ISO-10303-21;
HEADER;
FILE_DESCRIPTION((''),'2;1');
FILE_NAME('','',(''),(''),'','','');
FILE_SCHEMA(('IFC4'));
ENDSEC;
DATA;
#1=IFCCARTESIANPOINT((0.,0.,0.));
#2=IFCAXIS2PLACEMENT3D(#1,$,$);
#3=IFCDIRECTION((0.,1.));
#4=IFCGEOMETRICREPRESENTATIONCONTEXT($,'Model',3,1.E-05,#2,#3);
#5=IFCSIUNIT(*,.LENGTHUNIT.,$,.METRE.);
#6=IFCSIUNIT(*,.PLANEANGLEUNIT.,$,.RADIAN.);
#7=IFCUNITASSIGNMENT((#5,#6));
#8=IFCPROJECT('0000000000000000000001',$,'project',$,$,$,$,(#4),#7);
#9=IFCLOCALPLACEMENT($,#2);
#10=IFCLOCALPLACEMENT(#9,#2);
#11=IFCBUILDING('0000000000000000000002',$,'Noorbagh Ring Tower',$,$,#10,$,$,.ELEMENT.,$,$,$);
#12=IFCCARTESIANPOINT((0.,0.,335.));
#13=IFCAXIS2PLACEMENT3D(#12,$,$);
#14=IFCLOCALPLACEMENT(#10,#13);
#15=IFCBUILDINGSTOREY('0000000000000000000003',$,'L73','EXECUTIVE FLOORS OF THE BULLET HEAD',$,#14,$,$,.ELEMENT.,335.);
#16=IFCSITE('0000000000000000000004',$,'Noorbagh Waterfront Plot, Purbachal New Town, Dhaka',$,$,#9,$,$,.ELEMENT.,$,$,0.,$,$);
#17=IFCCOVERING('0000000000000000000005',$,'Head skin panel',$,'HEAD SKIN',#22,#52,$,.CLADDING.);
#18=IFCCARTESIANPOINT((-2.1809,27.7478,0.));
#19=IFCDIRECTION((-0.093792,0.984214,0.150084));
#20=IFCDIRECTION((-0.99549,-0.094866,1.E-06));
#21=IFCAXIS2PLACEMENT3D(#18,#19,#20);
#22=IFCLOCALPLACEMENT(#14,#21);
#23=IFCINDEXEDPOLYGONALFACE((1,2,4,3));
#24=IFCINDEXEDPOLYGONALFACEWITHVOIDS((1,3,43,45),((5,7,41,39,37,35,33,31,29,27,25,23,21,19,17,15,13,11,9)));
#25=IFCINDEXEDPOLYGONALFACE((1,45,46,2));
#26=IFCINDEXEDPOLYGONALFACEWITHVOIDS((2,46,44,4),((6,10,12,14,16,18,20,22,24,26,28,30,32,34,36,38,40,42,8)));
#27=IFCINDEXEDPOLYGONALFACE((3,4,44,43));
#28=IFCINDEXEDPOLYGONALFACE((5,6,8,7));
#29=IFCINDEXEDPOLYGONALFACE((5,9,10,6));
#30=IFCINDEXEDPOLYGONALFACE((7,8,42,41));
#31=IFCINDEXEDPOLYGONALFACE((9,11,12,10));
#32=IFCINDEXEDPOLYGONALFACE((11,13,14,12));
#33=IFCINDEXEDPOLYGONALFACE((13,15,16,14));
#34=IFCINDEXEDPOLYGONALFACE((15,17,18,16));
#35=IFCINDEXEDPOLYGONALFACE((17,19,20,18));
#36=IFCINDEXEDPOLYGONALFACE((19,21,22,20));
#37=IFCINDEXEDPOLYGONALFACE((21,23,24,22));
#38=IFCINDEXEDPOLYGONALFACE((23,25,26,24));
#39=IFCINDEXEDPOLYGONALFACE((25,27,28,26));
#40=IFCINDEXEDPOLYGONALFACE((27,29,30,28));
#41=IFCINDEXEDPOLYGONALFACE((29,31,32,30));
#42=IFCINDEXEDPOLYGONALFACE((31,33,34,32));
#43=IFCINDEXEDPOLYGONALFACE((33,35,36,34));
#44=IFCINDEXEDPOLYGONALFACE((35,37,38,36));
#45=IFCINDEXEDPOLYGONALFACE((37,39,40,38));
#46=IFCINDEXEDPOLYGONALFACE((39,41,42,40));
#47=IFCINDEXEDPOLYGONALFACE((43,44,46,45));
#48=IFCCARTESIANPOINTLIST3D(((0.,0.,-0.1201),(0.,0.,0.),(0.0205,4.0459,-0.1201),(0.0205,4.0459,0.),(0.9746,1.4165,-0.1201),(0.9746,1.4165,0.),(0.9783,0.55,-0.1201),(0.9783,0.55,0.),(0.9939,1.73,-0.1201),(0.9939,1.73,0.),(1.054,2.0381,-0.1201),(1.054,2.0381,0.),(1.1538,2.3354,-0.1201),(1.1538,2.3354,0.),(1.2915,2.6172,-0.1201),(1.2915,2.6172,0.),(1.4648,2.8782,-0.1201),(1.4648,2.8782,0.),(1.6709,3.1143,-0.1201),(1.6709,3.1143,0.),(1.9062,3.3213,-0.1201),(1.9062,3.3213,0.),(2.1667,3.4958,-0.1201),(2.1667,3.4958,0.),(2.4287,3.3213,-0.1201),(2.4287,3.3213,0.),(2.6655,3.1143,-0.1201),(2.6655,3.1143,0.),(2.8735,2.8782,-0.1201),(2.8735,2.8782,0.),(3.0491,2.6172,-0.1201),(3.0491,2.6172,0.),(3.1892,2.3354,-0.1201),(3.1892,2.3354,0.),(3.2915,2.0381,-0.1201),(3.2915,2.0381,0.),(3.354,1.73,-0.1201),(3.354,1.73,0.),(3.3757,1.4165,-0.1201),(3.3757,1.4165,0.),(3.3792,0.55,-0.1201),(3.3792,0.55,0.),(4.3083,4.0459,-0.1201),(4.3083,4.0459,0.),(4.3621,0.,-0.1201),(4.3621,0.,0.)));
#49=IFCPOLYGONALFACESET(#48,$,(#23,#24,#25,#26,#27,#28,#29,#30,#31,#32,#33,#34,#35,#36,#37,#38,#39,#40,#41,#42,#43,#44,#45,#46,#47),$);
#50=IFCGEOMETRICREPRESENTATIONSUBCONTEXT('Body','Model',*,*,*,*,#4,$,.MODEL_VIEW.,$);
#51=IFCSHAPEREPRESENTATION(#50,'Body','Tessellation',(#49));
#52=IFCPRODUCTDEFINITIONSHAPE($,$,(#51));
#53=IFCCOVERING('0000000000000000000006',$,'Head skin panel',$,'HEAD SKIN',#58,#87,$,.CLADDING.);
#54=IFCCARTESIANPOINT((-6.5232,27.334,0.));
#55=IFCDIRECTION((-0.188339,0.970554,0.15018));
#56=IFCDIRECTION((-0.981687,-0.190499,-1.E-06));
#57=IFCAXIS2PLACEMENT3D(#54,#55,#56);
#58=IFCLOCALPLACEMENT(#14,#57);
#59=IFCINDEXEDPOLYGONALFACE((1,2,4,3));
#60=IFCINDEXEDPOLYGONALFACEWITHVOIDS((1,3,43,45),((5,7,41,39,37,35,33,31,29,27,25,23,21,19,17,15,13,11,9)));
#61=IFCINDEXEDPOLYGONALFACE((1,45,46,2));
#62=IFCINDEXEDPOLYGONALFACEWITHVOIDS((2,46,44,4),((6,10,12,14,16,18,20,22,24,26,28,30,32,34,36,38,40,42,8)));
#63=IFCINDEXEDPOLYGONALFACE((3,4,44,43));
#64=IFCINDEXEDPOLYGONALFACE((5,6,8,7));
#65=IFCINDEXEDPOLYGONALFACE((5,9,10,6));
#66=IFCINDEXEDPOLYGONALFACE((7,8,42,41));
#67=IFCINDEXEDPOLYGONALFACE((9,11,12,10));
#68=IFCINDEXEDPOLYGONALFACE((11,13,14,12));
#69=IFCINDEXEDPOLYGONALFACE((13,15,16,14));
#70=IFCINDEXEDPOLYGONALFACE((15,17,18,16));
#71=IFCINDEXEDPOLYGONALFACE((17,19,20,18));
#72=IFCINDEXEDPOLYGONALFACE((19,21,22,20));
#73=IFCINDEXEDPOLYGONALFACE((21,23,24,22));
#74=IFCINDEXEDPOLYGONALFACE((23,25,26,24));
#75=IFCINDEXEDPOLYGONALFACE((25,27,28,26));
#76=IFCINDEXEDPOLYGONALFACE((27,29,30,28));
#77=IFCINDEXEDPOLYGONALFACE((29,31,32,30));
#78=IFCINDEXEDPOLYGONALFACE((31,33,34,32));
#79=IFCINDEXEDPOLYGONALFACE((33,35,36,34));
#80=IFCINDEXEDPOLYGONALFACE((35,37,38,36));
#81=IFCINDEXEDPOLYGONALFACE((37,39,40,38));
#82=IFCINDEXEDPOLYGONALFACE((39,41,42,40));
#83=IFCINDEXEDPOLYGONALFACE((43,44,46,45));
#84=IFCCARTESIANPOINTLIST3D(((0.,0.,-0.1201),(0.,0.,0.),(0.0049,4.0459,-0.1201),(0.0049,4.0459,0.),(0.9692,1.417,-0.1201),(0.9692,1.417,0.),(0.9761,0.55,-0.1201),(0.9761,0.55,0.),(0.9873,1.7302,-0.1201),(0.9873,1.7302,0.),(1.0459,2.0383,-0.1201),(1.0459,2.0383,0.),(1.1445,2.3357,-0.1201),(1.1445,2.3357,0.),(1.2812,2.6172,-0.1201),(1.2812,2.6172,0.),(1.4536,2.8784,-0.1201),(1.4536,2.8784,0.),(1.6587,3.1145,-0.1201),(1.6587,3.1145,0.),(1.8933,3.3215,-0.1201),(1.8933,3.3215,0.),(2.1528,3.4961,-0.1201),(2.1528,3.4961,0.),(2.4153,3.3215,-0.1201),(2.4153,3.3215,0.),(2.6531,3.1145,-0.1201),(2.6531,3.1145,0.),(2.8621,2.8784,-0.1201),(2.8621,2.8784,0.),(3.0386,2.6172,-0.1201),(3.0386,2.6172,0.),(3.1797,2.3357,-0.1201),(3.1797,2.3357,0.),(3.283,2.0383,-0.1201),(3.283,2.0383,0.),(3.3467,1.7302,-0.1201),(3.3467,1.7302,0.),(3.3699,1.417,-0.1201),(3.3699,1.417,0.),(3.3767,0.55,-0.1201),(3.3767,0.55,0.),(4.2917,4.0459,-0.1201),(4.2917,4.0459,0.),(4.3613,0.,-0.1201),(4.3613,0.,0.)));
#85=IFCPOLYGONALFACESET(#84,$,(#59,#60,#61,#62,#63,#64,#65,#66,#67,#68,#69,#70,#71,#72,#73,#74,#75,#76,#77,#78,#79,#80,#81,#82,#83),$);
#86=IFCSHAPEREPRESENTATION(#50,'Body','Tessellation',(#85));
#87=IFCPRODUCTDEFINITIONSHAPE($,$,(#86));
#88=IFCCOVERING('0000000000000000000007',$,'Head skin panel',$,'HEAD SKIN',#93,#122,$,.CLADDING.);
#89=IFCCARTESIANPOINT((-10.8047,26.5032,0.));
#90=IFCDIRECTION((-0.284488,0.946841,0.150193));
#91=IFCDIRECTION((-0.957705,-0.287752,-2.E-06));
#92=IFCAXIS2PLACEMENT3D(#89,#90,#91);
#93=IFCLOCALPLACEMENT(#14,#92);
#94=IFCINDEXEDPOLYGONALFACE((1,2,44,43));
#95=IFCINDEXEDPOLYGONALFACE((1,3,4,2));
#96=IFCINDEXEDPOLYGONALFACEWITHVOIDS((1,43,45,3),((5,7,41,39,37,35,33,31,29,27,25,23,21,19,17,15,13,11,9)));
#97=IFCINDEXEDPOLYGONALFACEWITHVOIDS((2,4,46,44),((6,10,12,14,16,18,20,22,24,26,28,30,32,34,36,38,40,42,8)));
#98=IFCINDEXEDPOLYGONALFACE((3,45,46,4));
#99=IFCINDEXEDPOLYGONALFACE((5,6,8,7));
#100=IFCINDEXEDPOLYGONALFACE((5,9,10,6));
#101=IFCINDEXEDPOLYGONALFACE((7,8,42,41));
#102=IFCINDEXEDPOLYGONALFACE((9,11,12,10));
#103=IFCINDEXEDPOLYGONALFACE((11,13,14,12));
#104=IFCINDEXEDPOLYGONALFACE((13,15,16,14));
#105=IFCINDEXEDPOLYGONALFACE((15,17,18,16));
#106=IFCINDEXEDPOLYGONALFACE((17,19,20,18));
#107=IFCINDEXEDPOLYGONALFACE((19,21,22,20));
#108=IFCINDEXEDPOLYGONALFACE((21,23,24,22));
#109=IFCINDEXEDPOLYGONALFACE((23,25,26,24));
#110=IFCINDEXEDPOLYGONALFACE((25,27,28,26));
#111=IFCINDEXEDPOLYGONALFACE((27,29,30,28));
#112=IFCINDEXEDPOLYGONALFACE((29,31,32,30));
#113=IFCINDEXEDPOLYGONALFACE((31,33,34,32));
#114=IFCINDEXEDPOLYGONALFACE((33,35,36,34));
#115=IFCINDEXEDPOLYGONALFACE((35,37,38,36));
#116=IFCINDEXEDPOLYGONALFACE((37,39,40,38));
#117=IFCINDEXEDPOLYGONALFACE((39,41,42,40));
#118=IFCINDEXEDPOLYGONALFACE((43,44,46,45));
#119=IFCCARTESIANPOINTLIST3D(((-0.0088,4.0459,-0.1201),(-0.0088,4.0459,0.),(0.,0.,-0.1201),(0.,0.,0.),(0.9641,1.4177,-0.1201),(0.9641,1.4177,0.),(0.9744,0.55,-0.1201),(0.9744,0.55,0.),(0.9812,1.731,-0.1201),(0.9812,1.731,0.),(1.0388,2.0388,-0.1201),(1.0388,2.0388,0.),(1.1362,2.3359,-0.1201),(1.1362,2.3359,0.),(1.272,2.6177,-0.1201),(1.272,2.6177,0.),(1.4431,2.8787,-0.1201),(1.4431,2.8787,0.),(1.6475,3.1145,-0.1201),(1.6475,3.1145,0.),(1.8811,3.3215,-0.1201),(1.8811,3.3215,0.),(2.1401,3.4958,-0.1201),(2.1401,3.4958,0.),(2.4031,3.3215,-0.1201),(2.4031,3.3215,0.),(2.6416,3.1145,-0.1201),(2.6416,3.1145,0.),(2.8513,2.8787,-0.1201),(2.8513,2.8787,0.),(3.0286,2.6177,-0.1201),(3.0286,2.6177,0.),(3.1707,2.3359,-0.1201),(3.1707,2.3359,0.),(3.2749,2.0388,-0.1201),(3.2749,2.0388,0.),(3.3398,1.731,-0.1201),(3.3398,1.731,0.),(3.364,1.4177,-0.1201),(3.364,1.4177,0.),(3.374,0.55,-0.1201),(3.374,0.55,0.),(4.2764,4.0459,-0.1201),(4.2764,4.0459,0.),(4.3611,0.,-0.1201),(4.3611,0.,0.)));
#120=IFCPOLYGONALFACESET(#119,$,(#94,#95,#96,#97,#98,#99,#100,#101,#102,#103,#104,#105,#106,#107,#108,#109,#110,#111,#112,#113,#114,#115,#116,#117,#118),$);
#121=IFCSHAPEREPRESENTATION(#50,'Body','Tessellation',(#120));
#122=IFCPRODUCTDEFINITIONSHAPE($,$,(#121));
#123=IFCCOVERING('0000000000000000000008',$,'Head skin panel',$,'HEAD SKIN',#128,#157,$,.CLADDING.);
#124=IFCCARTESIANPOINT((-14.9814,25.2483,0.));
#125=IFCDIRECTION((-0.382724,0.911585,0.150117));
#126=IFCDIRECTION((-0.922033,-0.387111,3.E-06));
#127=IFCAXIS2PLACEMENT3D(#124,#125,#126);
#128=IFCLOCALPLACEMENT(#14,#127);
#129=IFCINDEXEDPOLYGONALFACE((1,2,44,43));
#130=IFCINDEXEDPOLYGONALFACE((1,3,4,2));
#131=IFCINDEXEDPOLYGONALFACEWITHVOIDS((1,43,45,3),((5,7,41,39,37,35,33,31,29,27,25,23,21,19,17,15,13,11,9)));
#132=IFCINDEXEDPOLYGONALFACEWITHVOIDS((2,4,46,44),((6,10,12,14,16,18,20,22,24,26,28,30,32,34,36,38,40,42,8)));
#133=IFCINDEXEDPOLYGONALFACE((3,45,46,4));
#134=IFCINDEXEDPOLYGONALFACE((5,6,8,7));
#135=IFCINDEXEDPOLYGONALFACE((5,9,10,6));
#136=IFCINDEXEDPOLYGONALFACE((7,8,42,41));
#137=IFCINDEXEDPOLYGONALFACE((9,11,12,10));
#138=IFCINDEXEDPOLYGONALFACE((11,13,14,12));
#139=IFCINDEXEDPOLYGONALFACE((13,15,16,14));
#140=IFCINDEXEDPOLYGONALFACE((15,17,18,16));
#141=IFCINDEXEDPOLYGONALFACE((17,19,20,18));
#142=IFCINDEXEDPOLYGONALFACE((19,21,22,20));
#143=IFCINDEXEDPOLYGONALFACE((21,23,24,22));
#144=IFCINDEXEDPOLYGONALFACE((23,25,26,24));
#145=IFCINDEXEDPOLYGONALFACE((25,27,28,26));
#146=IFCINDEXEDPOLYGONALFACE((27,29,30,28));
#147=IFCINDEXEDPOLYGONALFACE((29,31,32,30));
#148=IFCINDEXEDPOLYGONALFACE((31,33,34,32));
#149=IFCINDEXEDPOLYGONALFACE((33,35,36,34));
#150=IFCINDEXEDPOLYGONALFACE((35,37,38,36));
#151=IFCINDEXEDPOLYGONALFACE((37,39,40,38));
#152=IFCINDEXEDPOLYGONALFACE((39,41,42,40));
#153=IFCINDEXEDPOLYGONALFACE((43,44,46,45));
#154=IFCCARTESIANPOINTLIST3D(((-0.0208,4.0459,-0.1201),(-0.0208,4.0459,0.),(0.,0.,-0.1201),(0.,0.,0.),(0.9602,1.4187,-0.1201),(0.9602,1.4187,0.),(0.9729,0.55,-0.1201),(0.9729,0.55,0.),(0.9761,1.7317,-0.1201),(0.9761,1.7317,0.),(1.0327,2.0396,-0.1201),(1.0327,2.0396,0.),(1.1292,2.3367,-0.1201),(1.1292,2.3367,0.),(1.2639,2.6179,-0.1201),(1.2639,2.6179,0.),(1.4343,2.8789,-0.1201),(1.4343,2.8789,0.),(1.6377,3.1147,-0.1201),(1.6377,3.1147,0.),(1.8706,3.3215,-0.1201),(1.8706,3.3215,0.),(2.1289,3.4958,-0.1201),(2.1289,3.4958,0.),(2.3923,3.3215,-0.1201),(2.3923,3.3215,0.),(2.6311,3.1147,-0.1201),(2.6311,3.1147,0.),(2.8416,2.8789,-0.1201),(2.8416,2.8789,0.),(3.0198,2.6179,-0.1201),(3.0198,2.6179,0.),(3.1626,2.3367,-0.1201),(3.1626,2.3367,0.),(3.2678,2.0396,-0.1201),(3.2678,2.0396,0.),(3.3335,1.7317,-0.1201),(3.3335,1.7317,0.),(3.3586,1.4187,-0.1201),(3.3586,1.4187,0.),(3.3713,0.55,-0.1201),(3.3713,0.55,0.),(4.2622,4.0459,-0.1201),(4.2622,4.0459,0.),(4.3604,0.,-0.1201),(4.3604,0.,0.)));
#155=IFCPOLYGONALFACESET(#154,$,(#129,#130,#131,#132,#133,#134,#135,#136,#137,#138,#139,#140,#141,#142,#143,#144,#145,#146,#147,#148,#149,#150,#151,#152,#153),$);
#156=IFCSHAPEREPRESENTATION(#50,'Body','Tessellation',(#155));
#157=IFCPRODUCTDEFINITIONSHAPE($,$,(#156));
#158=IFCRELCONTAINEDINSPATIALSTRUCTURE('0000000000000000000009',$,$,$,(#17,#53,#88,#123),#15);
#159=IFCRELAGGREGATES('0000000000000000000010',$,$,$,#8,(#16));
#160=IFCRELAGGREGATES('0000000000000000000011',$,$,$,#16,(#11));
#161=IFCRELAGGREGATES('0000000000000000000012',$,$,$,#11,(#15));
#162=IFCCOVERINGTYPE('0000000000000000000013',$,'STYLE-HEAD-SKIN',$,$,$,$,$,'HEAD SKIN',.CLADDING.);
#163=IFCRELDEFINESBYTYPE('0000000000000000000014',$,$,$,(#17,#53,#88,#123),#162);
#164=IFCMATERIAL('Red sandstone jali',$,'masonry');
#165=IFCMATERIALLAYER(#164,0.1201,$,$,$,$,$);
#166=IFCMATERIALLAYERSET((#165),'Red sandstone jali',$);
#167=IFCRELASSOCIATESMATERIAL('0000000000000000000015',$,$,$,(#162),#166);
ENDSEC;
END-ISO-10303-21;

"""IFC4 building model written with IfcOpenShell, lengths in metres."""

from ifc_helpers import new_model, si_unit, direction, frame, origin, place, context, subcontext, project, spatial, polyline, outline, extrude, material, layer, layer_set, type_object, element, save


model = new_model("IFC4")

# Units and contexts
model_context = context("Model", 3, precision=1e-05, world=origin(), true_north=direction((0.0, 1.0)))
body_context = subcontext(model_context, "Body", "Model", "MODEL_VIEW")
ifc_project = project(units=[si_unit("LENGTHUNIT", "METRE"), si_unit("PLANEANGLEUNIT", "RADIAN")], contexts=[model_context])

# Site, building, storey
site_placement = place(None, origin())
site = spatial("IfcSite", under=ifc_project, at=site_placement, Name="Noorbagh Waterfront Plot, Purbachal New Town, Dhaka", CompositionType="ELEMENT", RefElevation=0.0)
building_placement = place(site_placement, origin())
building = spatial("IfcBuilding", under=site, at=building_placement, Name="Noorbagh Ring Tower", CompositionType="ELEMENT")
storey_placement = place(building_placement, frame((0.0, 0.0, 335.0)))
storey = spatial("IfcBuildingStorey", under=building, at=storey_placement, Name="L73", Description="EXECUTIVE FLOORS OF THE BULLET HEAD", CompositionType="ELEMENT", Elevation=335.0)

# Coverings
ifc_material_1 = material(Name="Red sandstone jali", Category="masonry")
ifc_layer_1 = layer(ifc_material_1, 0.1201)
ifc_layer_set_1 = layer_set([ifc_layer_1], Name="Red sandstone jali")
covering_type_1 = type_object("IfcCoveringType", Name="STYLE-HEAD-SKIN", ElementType="HEAD SKIN", PredefinedType="CLADDING", material=ifc_layer_set_1)
covering_1_placement = place(storey_placement, frame((-2.1809, 27.7478, 0.0), z_axis=(-0.093792, 0.984214, 0.150084), x_axis=(-0.99549, -0.094866, 0.000001)))
element("IfcCovering", 1, at=covering_1_placement, inside=storey, type_object=covering_type_1, Name="Head skin panel", ObjectType="HEAD SKIN", PredefinedType="CLADDING", context=body_context, shape_type="SweptSolid", body=[
    extrude(outline(polyline([(0.0, 0.0), (4.3621, 0.0), (4.3083, 4.0459), (0.0205, 4.0459), (0.0, 0.0)]), holes=[polyline([(0.9783, 0.55), (0.9746, 1.4165), (0.9939, 1.73), (1.054, 2.0381), (1.1538, 2.3354), (1.2915, 2.6172), (1.4648, 2.8782), (1.6709, 3.1143), (1.9062, 3.3213), (2.1667, 3.4958), (2.4287, 3.3213), (2.6655, 3.1143), (2.8735, 2.8782), (3.0491, 2.6172), (3.1892, 2.3354), (3.2915, 2.0381), (3.354, 1.73), (3.3757, 1.4165), (3.3792, 0.55), (0.9783, 0.55)])]), origin(), (0.0, 0.0, -1.0), 0.1201),
])
covering_2_placement = place(storey_placement, frame((-6.5232, 27.334, 0.0), z_axis=(-0.188339, 0.970554, 0.15018), x_axis=(-0.981687, -0.190499, -0.000001)))
element("IfcCovering", 2, at=covering_2_placement, inside=storey, type_object=covering_type_1, Name="Head skin panel", ObjectType="HEAD SKIN", PredefinedType="CLADDING", context=body_context, shape_type="SweptSolid", body=[
    extrude(outline(polyline([(0.0, 0.0), (4.3613, 0.0), (4.2917, 4.0459), (0.0049, 4.0459), (0.0, 0.0)]), holes=[polyline([(0.9761, 0.55), (0.9692, 1.417), (0.9873, 1.7302), (1.0459, 2.0383), (1.1445, 2.3357), (1.2812, 2.6172), (1.4536, 2.8784), (1.6587, 3.1145), (1.8933, 3.3215), (2.1528, 3.4961), (2.4153, 3.3215), (2.6531, 3.1145), (2.8621, 2.8784), (3.0386, 2.6172), (3.1797, 2.3357), (3.283, 2.0383), (3.3467, 1.7302), (3.3699, 1.417), (3.3767, 0.55), (0.9761, 0.55)])]), origin(), (0.0, 0.0, -1.0), 0.1201),
])
covering_3_placement = place(storey_placement, frame((-10.8047, 26.5032, 0.0), z_axis=(-0.284488, 0.946841, 0.150193), x_axis=(-0.957705, -0.287752, -0.000002)))
element("IfcCovering", 3, at=covering_3_placement, inside=storey, type_object=covering_type_1, Name="Head skin panel", ObjectType="HEAD SKIN", PredefinedType="CLADDING", context=body_context, shape_type="SweptSolid", body=[
    extrude(outline(polyline([(0.0, 0.0), (4.3611, 0.0), (4.2764, 4.0459), (-0.0088, 4.0459), (0.0, 0.0)]), holes=[polyline([(0.9744, 0.55), (0.9641, 1.4177), (0.9812, 1.731), (1.0388, 2.0388), (1.1362, 2.3359), (1.272, 2.6177), (1.4431, 2.8787), (1.6475, 3.1145), (1.8811, 3.3215), (2.1401, 3.4958), (2.4031, 3.3215), (2.6416, 3.1145), (2.8513, 2.8787), (3.0286, 2.6177), (3.1707, 2.3359), (3.2749, 2.0388), (3.3398, 1.731), (3.364, 1.4177), (3.374, 0.55), (0.9744, 0.55)])]), origin(), (0.0, 0.0, -1.0), 0.1201),
])
covering_4_placement = place(storey_placement, frame((-14.9814, 25.2483, 0.0), z_axis=(-0.382724, 0.911585, 0.150117), x_axis=(-0.922033, -0.387111, 0.000003)))
element("IfcCovering", 4, at=covering_4_placement, inside=storey, type_object=covering_type_1, Name="Head skin panel", ObjectType="HEAD SKIN", PredefinedType="CLADDING", context=body_context, shape_type="SweptSolid", body=[
    extrude(outline(polyline([(0.0, 0.0), (4.3604, 0.0), (4.2622, 4.0459), (-0.0208, 4.0459), (0.0, 0.0)]), holes=[polyline([(0.9729, 0.55), (0.9602, 1.4187), (0.9761, 1.7317), (1.0327, 2.0396), (1.1292, 2.3367), (1.2639, 2.6179), (1.4343, 2.8789), (1.6377, 3.1147), (1.8706, 3.3215), (2.1289, 3.4958), (2.3923, 3.3215), (2.6311, 3.1147), (2.8416, 2.8789), (3.0198, 2.6179), (3.1626, 2.3367), (3.2678, 2.0396), (3.3335, 1.7317), (3.3586, 1.4187), (3.3713, 0.55), (0.9729, 0.55)])]), origin(), (0.0, 0.0, -1.0), 0.1201),
])

save(model, "model.ifc")
